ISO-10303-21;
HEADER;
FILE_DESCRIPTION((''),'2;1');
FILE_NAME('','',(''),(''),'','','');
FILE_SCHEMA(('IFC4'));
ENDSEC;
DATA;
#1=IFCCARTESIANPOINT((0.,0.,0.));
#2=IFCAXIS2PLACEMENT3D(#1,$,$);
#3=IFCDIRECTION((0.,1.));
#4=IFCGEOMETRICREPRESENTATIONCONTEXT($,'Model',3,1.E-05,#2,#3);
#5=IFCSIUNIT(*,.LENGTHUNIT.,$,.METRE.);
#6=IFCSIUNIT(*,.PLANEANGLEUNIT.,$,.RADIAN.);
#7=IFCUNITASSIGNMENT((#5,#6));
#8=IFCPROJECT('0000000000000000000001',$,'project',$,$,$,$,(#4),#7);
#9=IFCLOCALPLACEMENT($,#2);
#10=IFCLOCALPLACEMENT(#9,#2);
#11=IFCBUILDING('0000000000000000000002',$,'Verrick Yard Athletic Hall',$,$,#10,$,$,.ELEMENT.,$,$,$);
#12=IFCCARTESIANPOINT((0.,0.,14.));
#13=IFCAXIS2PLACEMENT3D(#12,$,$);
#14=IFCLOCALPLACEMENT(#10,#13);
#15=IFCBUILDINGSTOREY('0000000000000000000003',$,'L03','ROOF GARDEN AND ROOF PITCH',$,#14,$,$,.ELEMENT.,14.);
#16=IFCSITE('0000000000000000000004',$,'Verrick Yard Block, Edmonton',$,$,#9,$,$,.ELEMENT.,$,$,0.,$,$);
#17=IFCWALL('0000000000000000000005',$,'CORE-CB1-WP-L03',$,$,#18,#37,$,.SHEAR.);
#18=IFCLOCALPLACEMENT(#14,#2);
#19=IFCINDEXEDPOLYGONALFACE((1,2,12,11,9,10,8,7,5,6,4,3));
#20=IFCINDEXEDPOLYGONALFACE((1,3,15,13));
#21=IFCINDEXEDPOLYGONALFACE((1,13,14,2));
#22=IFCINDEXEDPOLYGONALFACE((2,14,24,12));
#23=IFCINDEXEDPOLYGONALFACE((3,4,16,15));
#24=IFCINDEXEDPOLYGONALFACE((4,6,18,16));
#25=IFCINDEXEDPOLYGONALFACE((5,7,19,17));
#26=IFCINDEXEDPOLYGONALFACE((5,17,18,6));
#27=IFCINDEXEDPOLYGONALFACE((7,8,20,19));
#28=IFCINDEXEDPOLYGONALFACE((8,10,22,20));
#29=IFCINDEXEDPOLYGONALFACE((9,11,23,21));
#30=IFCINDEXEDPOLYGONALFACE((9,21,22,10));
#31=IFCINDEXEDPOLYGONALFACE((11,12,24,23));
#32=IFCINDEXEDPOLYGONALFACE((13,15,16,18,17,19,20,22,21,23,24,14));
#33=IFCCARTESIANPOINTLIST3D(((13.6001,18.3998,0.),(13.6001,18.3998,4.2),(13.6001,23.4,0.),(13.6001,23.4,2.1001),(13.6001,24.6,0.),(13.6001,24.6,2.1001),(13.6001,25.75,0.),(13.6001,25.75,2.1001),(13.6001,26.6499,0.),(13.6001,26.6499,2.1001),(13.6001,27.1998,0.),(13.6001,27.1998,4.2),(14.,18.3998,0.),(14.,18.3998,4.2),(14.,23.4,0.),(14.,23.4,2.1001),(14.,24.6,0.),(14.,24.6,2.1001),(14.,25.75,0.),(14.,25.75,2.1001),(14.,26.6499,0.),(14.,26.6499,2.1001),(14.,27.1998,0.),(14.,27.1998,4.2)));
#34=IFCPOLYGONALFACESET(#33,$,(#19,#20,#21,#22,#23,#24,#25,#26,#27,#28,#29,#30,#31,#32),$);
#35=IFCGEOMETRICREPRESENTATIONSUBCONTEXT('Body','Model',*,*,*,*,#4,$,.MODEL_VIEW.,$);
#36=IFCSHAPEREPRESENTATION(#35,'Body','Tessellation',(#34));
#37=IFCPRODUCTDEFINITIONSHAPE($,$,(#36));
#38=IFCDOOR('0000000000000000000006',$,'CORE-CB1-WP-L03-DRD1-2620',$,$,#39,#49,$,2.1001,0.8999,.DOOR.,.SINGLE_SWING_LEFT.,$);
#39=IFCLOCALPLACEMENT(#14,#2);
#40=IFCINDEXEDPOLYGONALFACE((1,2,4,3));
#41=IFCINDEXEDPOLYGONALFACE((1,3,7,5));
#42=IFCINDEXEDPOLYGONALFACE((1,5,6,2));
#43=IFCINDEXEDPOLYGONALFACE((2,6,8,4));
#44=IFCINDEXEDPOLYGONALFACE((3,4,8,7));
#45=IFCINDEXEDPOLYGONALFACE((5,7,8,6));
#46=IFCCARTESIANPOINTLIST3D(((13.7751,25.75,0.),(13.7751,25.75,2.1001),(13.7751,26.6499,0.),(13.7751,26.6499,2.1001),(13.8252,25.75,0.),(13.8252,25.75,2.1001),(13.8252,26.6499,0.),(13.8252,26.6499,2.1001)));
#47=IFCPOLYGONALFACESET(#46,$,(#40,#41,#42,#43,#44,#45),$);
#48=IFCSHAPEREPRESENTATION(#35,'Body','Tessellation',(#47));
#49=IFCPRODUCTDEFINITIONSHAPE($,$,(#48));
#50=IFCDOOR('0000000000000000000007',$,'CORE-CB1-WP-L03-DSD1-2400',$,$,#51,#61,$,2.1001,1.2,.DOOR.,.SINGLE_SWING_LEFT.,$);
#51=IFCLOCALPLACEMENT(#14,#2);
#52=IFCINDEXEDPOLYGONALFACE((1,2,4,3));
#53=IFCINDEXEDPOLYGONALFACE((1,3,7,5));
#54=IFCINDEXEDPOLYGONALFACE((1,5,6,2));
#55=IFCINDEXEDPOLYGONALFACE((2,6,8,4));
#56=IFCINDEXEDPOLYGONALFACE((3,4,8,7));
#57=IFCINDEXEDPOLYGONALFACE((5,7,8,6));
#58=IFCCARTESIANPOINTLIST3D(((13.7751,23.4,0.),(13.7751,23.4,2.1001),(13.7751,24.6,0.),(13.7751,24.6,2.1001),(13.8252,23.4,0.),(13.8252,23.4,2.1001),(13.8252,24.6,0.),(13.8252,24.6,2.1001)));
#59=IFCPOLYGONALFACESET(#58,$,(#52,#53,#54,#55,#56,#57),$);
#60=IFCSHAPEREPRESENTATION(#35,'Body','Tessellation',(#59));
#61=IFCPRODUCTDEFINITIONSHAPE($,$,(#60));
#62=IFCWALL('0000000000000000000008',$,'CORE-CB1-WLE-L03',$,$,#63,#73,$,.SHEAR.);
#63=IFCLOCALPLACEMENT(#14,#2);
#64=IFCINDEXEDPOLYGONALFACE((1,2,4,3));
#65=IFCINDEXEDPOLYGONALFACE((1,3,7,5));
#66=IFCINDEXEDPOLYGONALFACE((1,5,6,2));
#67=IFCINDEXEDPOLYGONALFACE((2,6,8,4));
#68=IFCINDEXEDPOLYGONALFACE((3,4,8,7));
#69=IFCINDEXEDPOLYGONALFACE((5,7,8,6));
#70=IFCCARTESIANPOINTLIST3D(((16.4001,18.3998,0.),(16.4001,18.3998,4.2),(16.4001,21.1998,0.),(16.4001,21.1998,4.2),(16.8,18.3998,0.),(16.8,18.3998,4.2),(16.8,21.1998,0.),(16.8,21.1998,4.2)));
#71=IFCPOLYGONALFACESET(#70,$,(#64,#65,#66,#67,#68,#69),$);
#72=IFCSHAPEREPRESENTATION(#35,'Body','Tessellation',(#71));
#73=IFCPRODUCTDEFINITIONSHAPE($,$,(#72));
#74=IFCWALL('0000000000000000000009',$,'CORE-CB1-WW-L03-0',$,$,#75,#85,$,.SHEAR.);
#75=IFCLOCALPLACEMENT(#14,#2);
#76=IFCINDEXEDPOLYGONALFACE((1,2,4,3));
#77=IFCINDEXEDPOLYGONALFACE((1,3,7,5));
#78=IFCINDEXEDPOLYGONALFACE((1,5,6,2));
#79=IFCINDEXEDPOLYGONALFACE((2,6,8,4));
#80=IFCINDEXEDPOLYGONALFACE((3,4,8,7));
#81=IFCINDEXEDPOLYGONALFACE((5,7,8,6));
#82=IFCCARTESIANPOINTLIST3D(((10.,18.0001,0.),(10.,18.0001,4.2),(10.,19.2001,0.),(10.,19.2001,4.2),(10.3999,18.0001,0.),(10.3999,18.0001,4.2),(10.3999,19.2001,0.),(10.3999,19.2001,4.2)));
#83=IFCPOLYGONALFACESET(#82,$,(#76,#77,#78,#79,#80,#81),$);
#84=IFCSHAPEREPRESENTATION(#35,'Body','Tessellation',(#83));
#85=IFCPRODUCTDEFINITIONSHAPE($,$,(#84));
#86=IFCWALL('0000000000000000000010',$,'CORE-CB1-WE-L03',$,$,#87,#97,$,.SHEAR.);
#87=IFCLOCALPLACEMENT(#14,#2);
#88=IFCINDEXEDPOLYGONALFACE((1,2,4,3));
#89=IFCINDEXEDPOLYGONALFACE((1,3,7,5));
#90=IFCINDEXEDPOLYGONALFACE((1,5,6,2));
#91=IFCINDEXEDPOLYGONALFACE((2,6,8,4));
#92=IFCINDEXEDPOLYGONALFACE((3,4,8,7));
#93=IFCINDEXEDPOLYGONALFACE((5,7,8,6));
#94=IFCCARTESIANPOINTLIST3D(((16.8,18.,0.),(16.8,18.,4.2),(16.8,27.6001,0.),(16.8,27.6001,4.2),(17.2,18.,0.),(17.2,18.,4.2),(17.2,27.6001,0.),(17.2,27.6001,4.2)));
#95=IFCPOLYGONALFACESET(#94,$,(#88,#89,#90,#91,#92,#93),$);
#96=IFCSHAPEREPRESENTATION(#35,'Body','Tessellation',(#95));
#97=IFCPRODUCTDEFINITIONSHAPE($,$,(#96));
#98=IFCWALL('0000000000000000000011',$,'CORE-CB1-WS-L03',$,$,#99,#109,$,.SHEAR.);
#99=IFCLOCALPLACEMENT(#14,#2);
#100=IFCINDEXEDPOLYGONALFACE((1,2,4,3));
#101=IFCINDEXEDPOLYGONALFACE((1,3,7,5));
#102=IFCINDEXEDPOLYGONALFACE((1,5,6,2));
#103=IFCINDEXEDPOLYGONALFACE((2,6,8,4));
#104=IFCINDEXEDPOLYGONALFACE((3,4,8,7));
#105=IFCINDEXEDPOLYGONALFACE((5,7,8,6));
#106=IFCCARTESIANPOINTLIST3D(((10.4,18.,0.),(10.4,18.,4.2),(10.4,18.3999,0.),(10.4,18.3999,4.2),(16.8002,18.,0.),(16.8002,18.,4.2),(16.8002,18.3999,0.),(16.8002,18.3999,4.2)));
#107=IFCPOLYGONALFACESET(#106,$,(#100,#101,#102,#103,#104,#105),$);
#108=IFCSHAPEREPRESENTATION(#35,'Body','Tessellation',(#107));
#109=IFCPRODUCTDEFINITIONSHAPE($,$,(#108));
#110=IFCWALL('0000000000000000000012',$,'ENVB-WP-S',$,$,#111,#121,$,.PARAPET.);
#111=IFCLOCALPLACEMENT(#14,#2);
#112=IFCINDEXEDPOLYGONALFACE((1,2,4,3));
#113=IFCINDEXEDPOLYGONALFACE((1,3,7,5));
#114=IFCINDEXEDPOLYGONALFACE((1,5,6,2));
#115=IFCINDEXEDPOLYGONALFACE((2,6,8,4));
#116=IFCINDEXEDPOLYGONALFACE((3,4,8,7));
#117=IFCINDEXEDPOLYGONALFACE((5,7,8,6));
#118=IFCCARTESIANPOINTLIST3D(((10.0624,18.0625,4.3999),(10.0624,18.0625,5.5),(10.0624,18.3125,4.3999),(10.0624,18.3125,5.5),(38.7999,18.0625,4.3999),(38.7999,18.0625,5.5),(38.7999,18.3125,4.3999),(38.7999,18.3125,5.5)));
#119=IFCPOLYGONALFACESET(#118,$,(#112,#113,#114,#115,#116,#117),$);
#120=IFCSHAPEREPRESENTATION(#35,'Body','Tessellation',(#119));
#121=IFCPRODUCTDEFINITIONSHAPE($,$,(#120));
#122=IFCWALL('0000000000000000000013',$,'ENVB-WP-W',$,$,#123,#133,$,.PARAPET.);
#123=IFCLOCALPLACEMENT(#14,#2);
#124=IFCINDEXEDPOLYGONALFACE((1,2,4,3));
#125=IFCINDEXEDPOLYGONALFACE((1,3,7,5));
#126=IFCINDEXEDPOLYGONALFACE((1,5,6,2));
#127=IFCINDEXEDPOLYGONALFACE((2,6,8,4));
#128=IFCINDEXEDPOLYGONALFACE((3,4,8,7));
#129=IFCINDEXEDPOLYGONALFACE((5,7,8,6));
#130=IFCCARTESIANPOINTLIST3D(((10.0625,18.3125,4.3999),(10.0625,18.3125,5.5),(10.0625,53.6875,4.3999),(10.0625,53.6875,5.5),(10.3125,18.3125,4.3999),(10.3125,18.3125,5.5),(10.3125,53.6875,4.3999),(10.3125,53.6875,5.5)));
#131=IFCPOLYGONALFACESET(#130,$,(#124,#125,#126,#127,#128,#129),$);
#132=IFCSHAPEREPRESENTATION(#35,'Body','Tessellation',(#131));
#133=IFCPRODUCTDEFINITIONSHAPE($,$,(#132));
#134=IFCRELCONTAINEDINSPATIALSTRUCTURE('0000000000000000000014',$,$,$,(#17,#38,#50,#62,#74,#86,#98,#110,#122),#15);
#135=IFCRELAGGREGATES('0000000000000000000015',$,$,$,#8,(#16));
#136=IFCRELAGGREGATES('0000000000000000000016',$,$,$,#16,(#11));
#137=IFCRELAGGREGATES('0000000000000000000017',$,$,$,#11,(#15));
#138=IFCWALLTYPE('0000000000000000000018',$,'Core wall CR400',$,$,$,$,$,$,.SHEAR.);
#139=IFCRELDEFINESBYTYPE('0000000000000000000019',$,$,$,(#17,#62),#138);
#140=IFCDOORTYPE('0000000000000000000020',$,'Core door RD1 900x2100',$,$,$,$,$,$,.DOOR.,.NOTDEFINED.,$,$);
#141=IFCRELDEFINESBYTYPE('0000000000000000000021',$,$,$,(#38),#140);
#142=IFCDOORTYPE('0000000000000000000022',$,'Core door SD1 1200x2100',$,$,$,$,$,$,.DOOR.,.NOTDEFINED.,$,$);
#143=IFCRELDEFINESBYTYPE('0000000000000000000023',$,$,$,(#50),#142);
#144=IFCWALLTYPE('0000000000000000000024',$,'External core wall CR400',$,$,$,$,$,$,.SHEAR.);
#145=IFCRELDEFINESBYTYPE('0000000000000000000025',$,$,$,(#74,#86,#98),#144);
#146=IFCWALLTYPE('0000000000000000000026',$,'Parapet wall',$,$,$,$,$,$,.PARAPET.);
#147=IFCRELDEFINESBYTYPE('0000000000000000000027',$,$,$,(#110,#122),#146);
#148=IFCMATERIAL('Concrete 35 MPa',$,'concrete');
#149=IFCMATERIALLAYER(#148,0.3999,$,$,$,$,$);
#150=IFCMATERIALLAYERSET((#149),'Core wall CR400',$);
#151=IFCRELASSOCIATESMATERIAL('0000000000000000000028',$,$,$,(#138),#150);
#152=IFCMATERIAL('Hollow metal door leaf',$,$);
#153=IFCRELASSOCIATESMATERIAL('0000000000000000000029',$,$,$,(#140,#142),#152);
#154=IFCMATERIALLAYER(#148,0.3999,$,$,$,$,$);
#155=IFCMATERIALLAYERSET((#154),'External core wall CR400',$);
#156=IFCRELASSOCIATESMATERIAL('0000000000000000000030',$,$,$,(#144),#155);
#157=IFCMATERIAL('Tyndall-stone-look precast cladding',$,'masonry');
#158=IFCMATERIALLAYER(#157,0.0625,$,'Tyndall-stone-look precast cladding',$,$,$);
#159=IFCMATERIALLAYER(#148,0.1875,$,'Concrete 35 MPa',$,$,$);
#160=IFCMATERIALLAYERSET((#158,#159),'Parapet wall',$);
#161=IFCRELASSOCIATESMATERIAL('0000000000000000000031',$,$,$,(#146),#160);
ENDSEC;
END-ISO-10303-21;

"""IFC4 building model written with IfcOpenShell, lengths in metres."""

from ifc_helpers import new_model, si_unit, direction, frame, frame_2d, origin, place, context, subcontext, project, spatial, rectangle, extrude, material, layer, layer_set, type_object, element, fill, save


model = new_model("IFC4")

# Units and contexts
model_context = context("Model", 3, precision=1e-05, world=origin(), true_north=direction((0.0, 1.0)))
body_context = subcontext(model_context, "Body", "Model", "MODEL_VIEW")
ifc_project = project(units=[si_unit("LENGTHUNIT", "METRE"), si_unit("PLANEANGLEUNIT", "RADIAN")], contexts=[model_context])

# Site, building, storey
site_placement = place(None, origin())
site = spatial("IfcSite", under=ifc_project, at=site_placement, Name="Verrick Yard Block, Edmonton", CompositionType="ELEMENT", RefElevation=0.0)
building_placement = place(site_placement, origin())
building = spatial("IfcBuilding", under=site, at=building_placement, Name="Verrick Yard Athletic Hall", CompositionType="ELEMENT")
storey_placement = place(building_placement, frame((0.0, 0.0, 14.0)))
storey = spatial("IfcBuildingStorey", under=building, at=storey_placement, Name="L03", Description="ROOF GARDEN AND ROOF PITCH", CompositionType="ELEMENT", Elevation=14.0)

# Shared definitions
ifc_material_1 = material(Name="Concrete 35 MPa", Category="concrete")

# Wall, openings, doors
ifc_layer_1 = layer(ifc_material_1, 0.3999)
ifc_layer_set_1 = layer_set([ifc_layer_1], Name="Core wall CR400")
wall_type_1 = type_object("IfcWallType", Name="Core wall CR400", PredefinedType="SHEAR", material=ifc_layer_set_1)
wall_1_placement = place(storey_placement, frame((13.8, 18.3999, 0.0), z_axis=(0.0, 0.0, 1.0), x_axis=(0.0, 1.0, 0.0)))
wall_1 = element("IfcWall", 1, at=wall_1_placement, inside=storey, type_object=wall_type_1, Name="CORE-CB1-WP-L03", PredefinedType="SHEAR", context=body_context, shape_type="SweptSolid", body=[
    extrude(rectangle(XDim=8.8, YDim=0.3999, at=frame_2d((4.3999, 0.0))), origin(), (0.0, 0.0, 1.0), 4.2),
])
opening_1_placement = place(wall_1_placement, frame((5.0, 0.0, 0.0)))
opening_1 = element("IfcOpeningElement", 2, at=opening_1_placement, cuts=wall_1, PredefinedType="OPENING", context=body_context, shape_type="SweptSolid", body=[
    extrude(rectangle(XDim=1.2, YDim=2.1001, at=frame_2d((0.6001, 1.05))), frame((0.0, 0.21, 0.0), z_axis=(0.0, -1.0, 0.0), x_axis=(1.0, 0.0, 0.0)), (0.0, 0.0, 1.0), 0.4199),
])
opening_2_placement = place(wall_1_placement, frame((7.3501, 0.0, 0.0)))
opening_2 = element("IfcOpeningElement", 3, at=opening_2_placement, cuts=wall_1, PredefinedType="OPENING", context=body_context, shape_type="SweptSolid", body=[
    extrude(rectangle(XDim=0.8999, YDim=2.1001, at=frame_2d((0.45, 1.05))), frame((0.0, 0.21, 0.0), z_axis=(0.0, -1.0, 0.0), x_axis=(1.0, 0.0, 0.0)), (0.0, 0.0, 1.0), 0.4199),
])
ifc_material_2 = material(Name="Hollow metal door leaf")
door_type_1 = type_object("IfcDoorType", Name="Core door RD1 900x2100", OperationType="NOTDEFINED", PredefinedType="DOOR", material=ifc_material_2)
door_1_placement = place(opening_2_placement, origin())
door_1 = element("IfcDoor", 4, at=door_1_placement, inside=storey, type_object=door_type_1, Name="CORE-CB1-WP-L03-DRD1-2620", OperationType="SINGLE_SWING_LEFT", OverallHeight=2.1001, OverallWidth=0.8999, PredefinedType="DOOR", context=body_context, shape_type="SweptSolid", body=[
    extrude(rectangle(XDim=0.8999, YDim=2.1001, at=frame_2d((0.45, 1.05))), frame((0.0, 0.0249, 0.0), z_axis=(0.0, -1.0, 0.0), x_axis=(1.0, 0.0, 0.0)), (0.0, 0.0, 1.0), 0.05),
])
fill(opening_2, door_1)
door_type_2 = type_object("IfcDoorType", Name="Core door SD1 1200x2100", OperationType="NOTDEFINED", PredefinedType="DOOR", material=ifc_material_2)
door_2_placement = place(opening_1_placement, origin())
door_2 = element("IfcDoor", 5, at=door_2_placement, inside=storey, type_object=door_type_2, Name="CORE-CB1-WP-L03-DSD1-2400", OperationType="SINGLE_SWING_LEFT", OverallHeight=2.1001, OverallWidth=1.2, PredefinedType="DOOR", context=body_context, shape_type="SweptSolid", body=[
    extrude(rectangle(XDim=1.2, YDim=2.1001, at=frame_2d((0.6001, 1.05))), frame((0.0, 0.0249, 0.0), z_axis=(0.0, -1.0, 0.0), x_axis=(1.0, 0.0, 0.0)), (0.0, 0.0, 1.0), 0.05),
])
fill(opening_1, door_2)

# Walls
wall_2_placement = place(storey_placement, frame((16.6001, 18.3999, 0.0), z_axis=(0.0, 0.0, 1.0), x_axis=(0.0, 1.0, 0.0)))
element("IfcWall", 6, at=wall_2_placement, inside=storey, type_object=wall_type_1, Name="CORE-CB1-WLE-L03", PredefinedType="SHEAR", context=body_context, shape_type="SweptSolid", body=[
    extrude(rectangle(XDim=2.8, YDim=0.3999, at=frame_2d((1.3999, 0.0))), origin(), (0.0, 0.0, 1.0), 4.2),
])
ifc_layer_2 = layer(ifc_material_1, 0.3999)
ifc_layer_set_2 = layer_set([ifc_layer_2], Name="External core wall CR400")
wall_type_2 = type_object("IfcWallType", Name="External core wall CR400", PredefinedType="SHEAR", material=ifc_layer_set_2)
wall_3_placement = place(storey_placement, frame((10.2, 18.0, 0.0), z_axis=(0.0, 0.0, 1.0), x_axis=(0.0, 1.0, 0.0)))
element("IfcWall", 7, at=wall_3_placement, inside=storey, type_object=wall_type_2, Name="CORE-CB1-WW-L03-0", PredefinedType="SHEAR", context=body_context, shape_type="SweptSolid", body=[
    extrude(rectangle(XDim=1.2, YDim=0.3999, at=frame_2d((0.6001, 0.0))), origin(), (0.0, 0.0, 1.0), 4.2),
])
wall_4_placement = place(storey_placement, frame((17.0, 18.0, 0.0), z_axis=(0.0, 0.0, 1.0), x_axis=(0.0, 1.0, 0.0)))
element("IfcWall", 8, at=wall_4_placement, inside=storey, type_object=wall_type_2, Name="CORE-CB1-WE-L03", PredefinedType="SHEAR", context=body_context, shape_type="SweptSolid", body=[
    extrude(rectangle(XDim=9.6001, YDim=0.3999, at=frame_2d((4.8, 0.0))), origin(), (0.0, 0.0, 1.0), 4.2),
])
wall_5_placement = place(storey_placement, frame((10.3999, 18.2, 0.0), z_axis=(0.0, 0.0, 1.0), x_axis=(1.0, 0.0, 0.0)))
element("IfcWall", 9, at=wall_5_placement, inside=storey, type_object=wall_type_2, Name="CORE-CB1-WS-L03", PredefinedType="SHEAR", context=body_context, shape_type="SweptSolid", body=[
    extrude(rectangle(XDim=6.4001, YDim=0.3999, at=frame_2d((3.2002, 0.0))), origin(), (0.0, 0.0, 1.0), 4.2),
])
ifc_material_3 = material(Name="Tyndall-stone-look precast cladding", Category="masonry")
ifc_layer_3 = layer(ifc_material_3, 0.0625, Name="Tyndall-stone-look precast cladding")
ifc_layer_4 = layer(ifc_material_1, 0.1875, Name="Concrete 35 MPa")
ifc_layer_set_3 = layer_set([ifc_layer_3, ifc_layer_4], Name="Parapet wall")
wall_type_3 = type_object("IfcWallType", Name="Parapet wall", PredefinedType="PARAPET", material=ifc_layer_set_3)
wall_6_placement = place(storey_placement, frame((10.0625, 18.1875, 4.3999), z_axis=(0.0, 0.0, 1.0), x_axis=(1.0, 0.0, 0.0)))
element("IfcWall", 10, at=wall_6_placement, inside=storey, type_object=wall_type_3, Name="ENVB-WP-S", PredefinedType="PARAPET", context=body_context, shape_type="SweptSolid", body=[
    extrude(rectangle(XDim=28.7375, YDim=0.25, at=frame_2d((14.3687, 0.0))), origin(), (0.0, 0.0, 1.0), 1.1001),
])
wall_7_placement = place(storey_placement, frame((10.1875, 18.3125, 4.3999), z_axis=(0.0, 0.0, 1.0), x_axis=(0.0, 1.0, 0.0)))
element("IfcWall", 11, at=wall_7_placement, inside=storey, type_object=wall_type_3, Name="ENVB-WP-W", PredefinedType="PARAPET", context=body_context, shape_type="SweptSolid", body=[
    extrude(rectangle(XDim=35.375, YDim=0.25, at=frame_2d((17.6875, 0.0))), origin(), (0.0, 0.0, 1.0), 1.1001),
])

save(model, "model.ifc")
